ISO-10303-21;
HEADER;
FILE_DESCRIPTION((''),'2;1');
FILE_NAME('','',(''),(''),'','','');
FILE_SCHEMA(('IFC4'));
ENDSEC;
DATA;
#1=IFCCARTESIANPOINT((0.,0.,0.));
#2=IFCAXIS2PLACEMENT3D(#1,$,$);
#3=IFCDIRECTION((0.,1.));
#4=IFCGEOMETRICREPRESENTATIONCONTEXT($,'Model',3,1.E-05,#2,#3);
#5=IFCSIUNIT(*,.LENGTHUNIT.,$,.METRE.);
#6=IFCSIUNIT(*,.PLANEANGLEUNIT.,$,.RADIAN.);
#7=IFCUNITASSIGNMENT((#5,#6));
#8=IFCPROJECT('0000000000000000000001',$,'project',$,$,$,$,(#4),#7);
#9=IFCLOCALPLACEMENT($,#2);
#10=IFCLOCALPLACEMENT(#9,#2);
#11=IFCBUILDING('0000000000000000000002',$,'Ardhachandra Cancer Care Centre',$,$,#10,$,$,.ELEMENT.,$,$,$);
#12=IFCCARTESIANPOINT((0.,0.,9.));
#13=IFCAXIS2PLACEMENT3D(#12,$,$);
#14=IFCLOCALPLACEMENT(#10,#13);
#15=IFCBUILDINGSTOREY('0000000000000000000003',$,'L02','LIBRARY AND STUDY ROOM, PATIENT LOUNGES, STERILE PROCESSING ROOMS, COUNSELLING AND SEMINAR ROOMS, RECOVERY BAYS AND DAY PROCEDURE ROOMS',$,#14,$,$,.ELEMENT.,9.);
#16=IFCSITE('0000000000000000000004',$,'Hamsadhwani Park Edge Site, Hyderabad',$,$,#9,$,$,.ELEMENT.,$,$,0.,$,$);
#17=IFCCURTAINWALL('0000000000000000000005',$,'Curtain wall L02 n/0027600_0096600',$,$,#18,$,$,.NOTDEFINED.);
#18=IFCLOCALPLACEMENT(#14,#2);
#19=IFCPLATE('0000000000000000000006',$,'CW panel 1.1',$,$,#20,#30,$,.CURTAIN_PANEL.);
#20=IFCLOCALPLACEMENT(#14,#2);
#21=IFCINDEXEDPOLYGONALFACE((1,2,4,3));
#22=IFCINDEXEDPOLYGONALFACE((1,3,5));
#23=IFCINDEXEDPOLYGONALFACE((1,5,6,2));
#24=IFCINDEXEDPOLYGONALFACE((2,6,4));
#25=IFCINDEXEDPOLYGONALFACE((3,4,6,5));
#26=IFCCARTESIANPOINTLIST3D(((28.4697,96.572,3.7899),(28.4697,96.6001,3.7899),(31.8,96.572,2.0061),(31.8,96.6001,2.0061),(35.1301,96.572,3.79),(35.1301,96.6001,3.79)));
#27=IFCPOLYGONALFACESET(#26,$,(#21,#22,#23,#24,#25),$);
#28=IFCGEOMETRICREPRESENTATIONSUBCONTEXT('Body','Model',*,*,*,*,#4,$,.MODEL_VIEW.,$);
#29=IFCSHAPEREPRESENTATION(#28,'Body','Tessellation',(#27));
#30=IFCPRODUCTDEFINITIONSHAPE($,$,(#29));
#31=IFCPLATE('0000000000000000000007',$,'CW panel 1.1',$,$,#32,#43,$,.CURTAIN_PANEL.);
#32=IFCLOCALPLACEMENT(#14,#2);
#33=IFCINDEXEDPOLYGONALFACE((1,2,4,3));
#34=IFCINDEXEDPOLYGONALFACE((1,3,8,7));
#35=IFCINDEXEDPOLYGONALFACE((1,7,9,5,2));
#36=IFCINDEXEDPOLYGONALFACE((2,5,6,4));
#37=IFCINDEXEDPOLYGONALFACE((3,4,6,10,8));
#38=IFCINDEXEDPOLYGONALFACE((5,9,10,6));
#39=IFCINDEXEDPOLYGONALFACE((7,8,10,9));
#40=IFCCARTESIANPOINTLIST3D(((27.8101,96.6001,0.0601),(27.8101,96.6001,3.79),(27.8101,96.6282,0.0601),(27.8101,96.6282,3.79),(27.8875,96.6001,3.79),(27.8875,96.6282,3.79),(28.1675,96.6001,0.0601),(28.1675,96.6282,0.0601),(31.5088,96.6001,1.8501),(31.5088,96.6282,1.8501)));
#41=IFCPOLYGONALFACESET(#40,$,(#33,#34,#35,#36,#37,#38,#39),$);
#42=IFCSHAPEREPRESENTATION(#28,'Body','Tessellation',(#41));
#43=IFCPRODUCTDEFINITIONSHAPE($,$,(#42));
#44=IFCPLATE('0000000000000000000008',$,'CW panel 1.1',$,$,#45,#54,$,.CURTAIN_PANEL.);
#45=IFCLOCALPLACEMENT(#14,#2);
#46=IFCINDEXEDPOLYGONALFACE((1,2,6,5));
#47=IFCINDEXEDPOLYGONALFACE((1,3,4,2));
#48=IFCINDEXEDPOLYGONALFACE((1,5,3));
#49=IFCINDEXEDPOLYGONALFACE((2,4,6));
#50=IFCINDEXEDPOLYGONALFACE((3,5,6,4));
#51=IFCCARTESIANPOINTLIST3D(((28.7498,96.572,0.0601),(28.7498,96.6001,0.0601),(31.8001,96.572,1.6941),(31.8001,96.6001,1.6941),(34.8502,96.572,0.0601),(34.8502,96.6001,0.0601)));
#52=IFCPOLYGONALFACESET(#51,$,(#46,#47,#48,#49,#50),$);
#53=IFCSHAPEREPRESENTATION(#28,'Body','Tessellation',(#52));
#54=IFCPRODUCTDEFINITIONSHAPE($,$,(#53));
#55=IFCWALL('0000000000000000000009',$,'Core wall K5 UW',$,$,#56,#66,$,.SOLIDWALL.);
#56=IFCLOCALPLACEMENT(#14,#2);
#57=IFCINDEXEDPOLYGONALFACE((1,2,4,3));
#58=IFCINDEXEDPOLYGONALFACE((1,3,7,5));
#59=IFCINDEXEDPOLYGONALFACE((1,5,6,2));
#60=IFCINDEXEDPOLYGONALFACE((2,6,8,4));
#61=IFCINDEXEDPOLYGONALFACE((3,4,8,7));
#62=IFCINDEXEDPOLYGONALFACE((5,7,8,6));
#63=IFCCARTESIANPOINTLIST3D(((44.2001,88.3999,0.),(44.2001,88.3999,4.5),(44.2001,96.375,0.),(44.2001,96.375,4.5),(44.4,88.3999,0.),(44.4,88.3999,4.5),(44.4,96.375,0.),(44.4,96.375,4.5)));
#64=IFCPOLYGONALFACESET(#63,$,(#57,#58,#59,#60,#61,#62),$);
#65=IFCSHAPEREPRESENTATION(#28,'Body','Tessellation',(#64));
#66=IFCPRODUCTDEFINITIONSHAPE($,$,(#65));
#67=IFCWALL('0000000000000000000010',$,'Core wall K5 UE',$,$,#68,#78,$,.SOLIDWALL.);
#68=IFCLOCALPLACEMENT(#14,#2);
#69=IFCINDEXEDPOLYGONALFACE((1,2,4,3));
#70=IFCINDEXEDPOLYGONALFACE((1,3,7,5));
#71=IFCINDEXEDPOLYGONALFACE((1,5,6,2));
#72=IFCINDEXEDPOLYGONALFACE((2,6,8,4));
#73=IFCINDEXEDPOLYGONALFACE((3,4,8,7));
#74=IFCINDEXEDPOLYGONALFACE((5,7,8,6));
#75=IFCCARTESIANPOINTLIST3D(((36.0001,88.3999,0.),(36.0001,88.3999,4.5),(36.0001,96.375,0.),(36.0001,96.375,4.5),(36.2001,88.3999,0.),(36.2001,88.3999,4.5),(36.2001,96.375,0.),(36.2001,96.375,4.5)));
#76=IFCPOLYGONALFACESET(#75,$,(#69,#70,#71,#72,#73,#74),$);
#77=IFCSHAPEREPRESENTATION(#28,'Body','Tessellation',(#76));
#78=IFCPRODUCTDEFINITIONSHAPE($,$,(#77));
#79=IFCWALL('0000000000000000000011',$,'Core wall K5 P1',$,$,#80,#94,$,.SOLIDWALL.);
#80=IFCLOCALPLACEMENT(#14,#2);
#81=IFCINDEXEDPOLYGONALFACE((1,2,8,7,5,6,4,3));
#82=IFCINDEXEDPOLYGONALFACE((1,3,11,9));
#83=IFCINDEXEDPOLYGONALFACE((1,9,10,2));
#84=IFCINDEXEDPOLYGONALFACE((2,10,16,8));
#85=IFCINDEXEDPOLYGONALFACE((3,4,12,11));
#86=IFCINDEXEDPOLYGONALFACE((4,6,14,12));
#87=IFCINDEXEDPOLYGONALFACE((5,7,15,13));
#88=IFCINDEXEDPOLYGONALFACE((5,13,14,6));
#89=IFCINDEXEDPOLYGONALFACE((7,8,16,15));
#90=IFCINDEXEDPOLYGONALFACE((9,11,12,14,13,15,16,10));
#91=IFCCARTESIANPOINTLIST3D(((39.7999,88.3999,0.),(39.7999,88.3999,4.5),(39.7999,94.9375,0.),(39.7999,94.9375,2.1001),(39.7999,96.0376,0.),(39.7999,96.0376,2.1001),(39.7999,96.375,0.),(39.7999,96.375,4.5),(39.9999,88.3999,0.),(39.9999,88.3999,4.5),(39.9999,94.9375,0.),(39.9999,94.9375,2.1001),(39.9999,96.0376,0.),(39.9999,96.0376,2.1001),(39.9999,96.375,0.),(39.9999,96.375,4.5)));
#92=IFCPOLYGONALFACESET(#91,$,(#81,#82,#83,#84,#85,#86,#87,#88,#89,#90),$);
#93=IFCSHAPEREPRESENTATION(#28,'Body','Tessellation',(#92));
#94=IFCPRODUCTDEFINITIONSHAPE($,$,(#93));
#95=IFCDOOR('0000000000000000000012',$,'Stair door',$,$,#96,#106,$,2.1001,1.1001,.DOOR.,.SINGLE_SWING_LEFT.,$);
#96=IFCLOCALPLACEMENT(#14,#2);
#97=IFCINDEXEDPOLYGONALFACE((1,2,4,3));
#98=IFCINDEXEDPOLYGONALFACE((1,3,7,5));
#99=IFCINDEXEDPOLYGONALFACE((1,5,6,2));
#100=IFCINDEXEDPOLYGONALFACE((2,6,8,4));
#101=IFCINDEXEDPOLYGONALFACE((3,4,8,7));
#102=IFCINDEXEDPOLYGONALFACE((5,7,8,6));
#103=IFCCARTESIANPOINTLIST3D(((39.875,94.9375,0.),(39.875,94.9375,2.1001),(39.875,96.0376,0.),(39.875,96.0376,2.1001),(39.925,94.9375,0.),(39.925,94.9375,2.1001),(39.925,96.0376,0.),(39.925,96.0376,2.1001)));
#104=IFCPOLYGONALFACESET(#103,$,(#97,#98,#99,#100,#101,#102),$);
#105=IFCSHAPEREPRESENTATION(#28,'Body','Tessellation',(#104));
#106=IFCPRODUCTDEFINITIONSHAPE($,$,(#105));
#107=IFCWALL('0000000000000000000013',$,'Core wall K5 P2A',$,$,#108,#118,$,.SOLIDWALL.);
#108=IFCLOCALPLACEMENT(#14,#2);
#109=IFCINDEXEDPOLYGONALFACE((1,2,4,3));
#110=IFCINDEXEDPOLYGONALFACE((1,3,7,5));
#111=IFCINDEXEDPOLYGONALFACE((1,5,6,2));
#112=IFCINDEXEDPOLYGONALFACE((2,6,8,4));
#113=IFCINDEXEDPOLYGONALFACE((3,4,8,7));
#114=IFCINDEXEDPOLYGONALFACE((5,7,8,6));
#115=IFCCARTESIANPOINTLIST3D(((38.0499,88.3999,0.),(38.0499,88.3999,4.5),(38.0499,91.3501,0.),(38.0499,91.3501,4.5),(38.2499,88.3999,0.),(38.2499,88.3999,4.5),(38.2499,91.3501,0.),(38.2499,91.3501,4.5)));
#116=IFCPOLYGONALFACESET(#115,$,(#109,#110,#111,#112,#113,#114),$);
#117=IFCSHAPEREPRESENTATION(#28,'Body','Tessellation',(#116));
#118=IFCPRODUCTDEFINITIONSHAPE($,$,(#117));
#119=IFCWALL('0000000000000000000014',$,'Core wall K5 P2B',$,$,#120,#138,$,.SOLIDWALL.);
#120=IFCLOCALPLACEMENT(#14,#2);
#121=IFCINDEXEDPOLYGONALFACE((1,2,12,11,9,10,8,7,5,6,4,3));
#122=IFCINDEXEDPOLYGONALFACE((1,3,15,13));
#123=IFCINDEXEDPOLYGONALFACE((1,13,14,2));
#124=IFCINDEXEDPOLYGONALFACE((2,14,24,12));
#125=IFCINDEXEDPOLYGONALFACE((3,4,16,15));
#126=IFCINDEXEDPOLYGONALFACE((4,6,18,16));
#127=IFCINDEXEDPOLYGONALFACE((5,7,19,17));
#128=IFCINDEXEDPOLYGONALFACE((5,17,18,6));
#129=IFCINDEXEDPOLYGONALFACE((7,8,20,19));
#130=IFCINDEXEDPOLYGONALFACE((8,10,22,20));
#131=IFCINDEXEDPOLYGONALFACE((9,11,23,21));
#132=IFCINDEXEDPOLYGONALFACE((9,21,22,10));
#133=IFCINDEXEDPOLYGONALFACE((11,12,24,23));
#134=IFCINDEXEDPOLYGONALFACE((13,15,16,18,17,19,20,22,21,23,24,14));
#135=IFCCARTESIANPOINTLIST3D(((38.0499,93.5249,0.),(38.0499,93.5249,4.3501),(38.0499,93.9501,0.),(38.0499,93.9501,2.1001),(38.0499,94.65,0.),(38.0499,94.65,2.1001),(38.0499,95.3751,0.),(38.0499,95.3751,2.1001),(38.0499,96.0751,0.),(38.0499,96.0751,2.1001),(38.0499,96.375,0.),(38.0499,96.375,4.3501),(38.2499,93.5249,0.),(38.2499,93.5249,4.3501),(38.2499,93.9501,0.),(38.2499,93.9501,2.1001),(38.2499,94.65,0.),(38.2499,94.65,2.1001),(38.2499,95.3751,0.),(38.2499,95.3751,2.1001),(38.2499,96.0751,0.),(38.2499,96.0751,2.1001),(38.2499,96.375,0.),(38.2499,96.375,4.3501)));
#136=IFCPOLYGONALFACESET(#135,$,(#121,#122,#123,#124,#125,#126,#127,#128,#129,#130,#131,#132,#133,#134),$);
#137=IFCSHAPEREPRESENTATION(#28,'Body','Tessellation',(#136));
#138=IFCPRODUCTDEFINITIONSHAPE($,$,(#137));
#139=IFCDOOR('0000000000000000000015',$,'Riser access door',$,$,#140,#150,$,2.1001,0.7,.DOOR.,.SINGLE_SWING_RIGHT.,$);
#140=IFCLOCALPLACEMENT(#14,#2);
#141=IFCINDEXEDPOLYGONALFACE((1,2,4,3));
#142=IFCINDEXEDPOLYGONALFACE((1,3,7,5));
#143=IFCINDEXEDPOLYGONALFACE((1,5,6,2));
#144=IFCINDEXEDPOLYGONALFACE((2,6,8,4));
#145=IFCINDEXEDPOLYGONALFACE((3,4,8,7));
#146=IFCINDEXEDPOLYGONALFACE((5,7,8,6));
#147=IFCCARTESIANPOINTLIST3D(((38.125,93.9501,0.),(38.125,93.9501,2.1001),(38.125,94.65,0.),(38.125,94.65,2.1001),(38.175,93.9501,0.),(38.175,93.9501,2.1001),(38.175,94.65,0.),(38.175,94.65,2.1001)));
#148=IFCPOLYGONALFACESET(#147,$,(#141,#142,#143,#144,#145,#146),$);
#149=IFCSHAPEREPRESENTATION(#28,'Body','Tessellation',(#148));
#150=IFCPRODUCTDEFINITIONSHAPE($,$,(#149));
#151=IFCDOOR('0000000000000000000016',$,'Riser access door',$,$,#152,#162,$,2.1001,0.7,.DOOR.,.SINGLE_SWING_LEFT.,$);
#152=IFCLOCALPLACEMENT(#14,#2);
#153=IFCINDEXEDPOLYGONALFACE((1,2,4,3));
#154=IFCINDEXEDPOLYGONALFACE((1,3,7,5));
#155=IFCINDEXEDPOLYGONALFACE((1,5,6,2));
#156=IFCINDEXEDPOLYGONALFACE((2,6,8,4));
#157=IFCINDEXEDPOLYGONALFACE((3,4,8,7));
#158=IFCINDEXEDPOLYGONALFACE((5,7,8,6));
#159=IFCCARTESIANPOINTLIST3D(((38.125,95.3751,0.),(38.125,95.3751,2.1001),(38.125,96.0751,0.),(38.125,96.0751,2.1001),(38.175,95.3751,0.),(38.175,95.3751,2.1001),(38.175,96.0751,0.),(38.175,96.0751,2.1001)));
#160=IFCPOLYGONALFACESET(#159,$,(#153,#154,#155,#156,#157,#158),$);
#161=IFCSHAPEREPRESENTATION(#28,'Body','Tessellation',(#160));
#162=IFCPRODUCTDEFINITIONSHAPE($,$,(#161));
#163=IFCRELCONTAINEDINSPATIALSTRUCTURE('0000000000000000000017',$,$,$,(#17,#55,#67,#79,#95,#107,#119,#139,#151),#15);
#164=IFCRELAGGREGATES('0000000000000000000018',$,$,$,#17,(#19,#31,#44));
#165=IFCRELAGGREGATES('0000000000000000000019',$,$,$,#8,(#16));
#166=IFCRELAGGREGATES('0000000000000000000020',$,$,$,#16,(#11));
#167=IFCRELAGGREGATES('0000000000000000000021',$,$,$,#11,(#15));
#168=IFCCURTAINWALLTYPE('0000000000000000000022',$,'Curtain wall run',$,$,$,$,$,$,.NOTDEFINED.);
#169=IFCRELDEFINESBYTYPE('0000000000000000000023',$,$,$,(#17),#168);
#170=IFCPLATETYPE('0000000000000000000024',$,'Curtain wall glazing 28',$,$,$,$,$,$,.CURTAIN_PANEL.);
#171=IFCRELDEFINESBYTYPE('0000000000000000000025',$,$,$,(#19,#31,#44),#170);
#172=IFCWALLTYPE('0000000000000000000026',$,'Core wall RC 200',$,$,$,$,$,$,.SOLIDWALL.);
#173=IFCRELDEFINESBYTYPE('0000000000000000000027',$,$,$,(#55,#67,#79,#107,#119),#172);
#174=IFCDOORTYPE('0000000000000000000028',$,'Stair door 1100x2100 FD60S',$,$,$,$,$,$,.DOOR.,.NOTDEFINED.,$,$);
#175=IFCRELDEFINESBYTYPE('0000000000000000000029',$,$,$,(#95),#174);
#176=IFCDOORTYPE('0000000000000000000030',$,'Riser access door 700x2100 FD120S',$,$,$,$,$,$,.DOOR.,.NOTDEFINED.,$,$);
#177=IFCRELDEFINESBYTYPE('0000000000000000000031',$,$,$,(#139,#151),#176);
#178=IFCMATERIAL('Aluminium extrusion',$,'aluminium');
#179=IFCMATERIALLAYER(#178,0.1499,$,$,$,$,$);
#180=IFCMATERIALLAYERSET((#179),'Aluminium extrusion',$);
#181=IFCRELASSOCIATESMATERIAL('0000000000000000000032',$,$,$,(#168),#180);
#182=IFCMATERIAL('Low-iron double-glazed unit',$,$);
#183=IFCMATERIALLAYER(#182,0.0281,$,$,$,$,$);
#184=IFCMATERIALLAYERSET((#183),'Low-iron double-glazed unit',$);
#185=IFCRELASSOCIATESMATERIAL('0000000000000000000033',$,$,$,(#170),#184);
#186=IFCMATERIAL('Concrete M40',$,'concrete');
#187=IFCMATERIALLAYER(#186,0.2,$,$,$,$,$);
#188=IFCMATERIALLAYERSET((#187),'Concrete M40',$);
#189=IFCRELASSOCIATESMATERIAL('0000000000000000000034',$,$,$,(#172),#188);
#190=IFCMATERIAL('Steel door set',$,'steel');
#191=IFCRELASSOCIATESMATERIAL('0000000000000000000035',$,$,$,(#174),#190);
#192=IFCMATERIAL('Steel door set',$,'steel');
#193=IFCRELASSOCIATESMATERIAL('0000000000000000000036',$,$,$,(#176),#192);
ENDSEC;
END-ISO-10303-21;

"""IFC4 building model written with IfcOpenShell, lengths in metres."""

from ifc_helpers import new_model, si_unit, direction, frame, frame_2d, origin, place, context, subcontext, project, spatial, polyline, rectangle, outline, extrude, material, layer, layer_set, type_object, element, fill, aggregate, save


model = new_model("IFC4")

# Units and contexts
model_context = context("Model", 3, precision=1e-05, world=origin(), true_north=direction((0.0, 1.0)))
body_context = subcontext(model_context, "Body", "Model", "MODEL_VIEW")
ifc_project = project(units=[si_unit("LENGTHUNIT", "METRE"), si_unit("PLANEANGLEUNIT", "RADIAN")], contexts=[model_context])

# Site, building, storey
site_placement = place(None, origin())
site = spatial("IfcSite", under=ifc_project, at=site_placement, Name="Hamsadhwani Park Edge Site, Hyderabad", CompositionType="ELEMENT", RefElevation=0.0)
building_placement = place(site_placement, origin())
building = spatial("IfcBuilding", under=site, at=building_placement, Name="Ardhachandra Cancer Care Centre", CompositionType="ELEMENT")
storey_placement = place(building_placement, frame((0.0, 0.0, 9.0)))
storey = spatial("IfcBuildingStorey", under=building, at=storey_placement, Name="L02", Description="LIBRARY AND STUDY ROOM, PATIENT LOUNGES, STERILE PROCESSING ROOMS, COUNSELLING AND SEMINAR ROOMS, RECOVERY BAYS AND DAY PROCEDURE ROOMS", CompositionType="ELEMENT", Elevation=9.0)

# Curtain wall, plates
ifc_material_1 = material(Name="Aluminium extrusion", Category="aluminium")
ifc_layer_1 = layer(ifc_material_1, 0.1499)
ifc_layer_set_1 = layer_set([ifc_layer_1], Name="Aluminium extrusion")
curtain_wall_type = type_object("IfcCurtainWallType", Name="Curtain wall run", PredefinedType="NOTDEFINED", material=ifc_layer_set_1)
curtain_wall_placement = place(storey_placement, origin())
curtain_wall = element("IfcCurtainWall", 1, at=curtain_wall_placement, inside=storey, type_object=curtain_wall_type, Name="Curtain wall L02 n/0027600_0096600", PredefinedType="NOTDEFINED")
ifc_material_2 = material(Name="Low-iron double-glazed unit")
ifc_layer_2 = layer(ifc_material_2, 0.0281)
ifc_layer_set_2 = layer_set([ifc_layer_2], Name="Low-iron double-glazed unit")
plate_type = type_object("IfcPlateType", Name="Curtain wall glazing 28", PredefinedType="CURTAIN_PANEL", material=ifc_layer_set_2)
plate_1_placement = place(storey_placement, frame((35.1301, 96.6001, 3.79), z_axis=(0.0, 1.0, 0.0), x_axis=(-0.881484, 0.0, -0.472214)))
plate_1 = element("IfcPlate", 2, at=plate_1_placement, type_object=plate_type, Name="CW panel 1.1", PredefinedType="CURTAIN_PANEL", context=body_context, shape_type="SweptSolid", body=[
    extrude(outline(polyline([(0.0, 0.0), (3.7778, 0.0), (5.8711, 3.145), (0.0, 0.0)])), frame((0.0, 0.0, -0.0281)), (0.0, 0.0, 1.0), 0.0281),
])
plate_2_placement = place(storey_placement, frame((27.8101, 96.6001, 0.0601), z_axis=(0.0, 1.0, 0.0), x_axis=(0.0, 0.0, 1.0)))
plate_2 = element("IfcPlate", 3, at=plate_2_placement, type_object=plate_type, Name="CW panel 1.1", PredefinedType="CURTAIN_PANEL", context=body_context, shape_type="SweptSolid", body=[
    extrude(outline(polyline([(0.0, 0.0), (3.73, 0.0), (3.73, 0.0774), (1.79, 3.6987), (0.0, 0.3574), (0.0, 0.0)])), origin(), (0.0, 0.0, 1.0), 0.0281),
])
plate_3_placement = place(storey_placement, frame((28.7498, 96.6001, 0.0601), z_axis=(0.0, 1.0, 0.0), x_axis=(0.881486, 0.0, 0.47221)))
plate_3 = element("IfcPlate", 4, at=plate_3_placement, type_object=plate_type, Name="CW panel 1.1", PredefinedType="CURTAIN_PANEL", context=body_context, shape_type="SweptSolid", body=[
    extrude(outline(polyline([(0.0, 0.0), (3.4604, 0.0), (5.3774, 2.8806), (0.0, 0.0)])), frame((0.0, 0.0, -0.0281)), (0.0, 0.0, 1.0), 0.0281),
])
aggregate(curtain_wall, [plate_1, plate_2, plate_3])

# Walls
ifc_material_3 = material(Name="Concrete M40", Category="concrete")
ifc_layer_3 = layer(ifc_material_3, 0.2)
ifc_layer_set_3 = layer_set([ifc_layer_3], Name="Concrete M40")
wall_type = type_object("IfcWallType", Name="Core wall RC 200", PredefinedType="SOLIDWALL", material=ifc_layer_set_3)
for number, where, z_axis, x_axis, name in (
    (5, (44.3, 88.3999, 0.0), (0.0, 0.0, 1.0), (0.0, 1.0, 0.0), "Core wall K5 UW"),
    (6, (36.1001, 88.3999, 0.0), (0.0, 0.0, 1.0), (0.0, 1.0, 0.0), "Core wall K5 UE"),
):
    element("IfcWall", number, at=place(storey_placement, frame(where, z_axis=z_axis, x_axis=x_axis)), inside=storey, type_object=wall_type, Name=name, PredefinedType="SOLIDWALL", context=body_context, shape_type="SweptSolid", body=[
        extrude(rectangle(XDim=7.9751, YDim=0.2, at=frame_2d((3.9875, 0.0))), origin(), (0.0, 0.0, 1.0), 4.5),
    ])

# Wall, opening, door
wall_1_placement = place(storey_placement, frame((39.8999, 88.3999, 0.0), z_axis=(0.0, 0.0, 1.0), x_axis=(0.0, 1.0, 0.0)))
wall_1 = element("IfcWall", 7, at=wall_1_placement, inside=storey, type_object=wall_type, Name="Core wall K5 P1", PredefinedType="SOLIDWALL", context=body_context, shape_type="SweptSolid", body=[
    extrude(rectangle(XDim=7.9751, YDim=0.2, at=frame_2d((3.9875, 0.0))), origin(), (0.0, 0.0, 1.0), 4.5),
])
opening_1_placement = place(wall_1_placement, frame((6.5376, 0.0, 0.0)))
opening_1 = element("IfcOpeningElement", 8, at=opening_1_placement, cuts=wall_1, PredefinedType="OPENING", context=body_context, shape_type="SweptSolid", body=[
    extrude(rectangle(XDim=1.1001, YDim=2.1001, at=frame_2d((0.55, 1.05))), frame((0.0, 0.1099, 0.0), z_axis=(0.0, -1.0, 0.0), x_axis=(1.0, 0.0, 0.0)), (0.0, 0.0, 1.0), 0.22),
])
ifc_material_4 = material(Name="Steel door set", Category="steel")
door_type_1 = type_object("IfcDoorType", Name="Stair door 1100x2100 FD60S", OperationType="NOTDEFINED", PredefinedType="DOOR", material=ifc_material_4)
door_1_placement = place(opening_1_placement, origin())
door_1 = element("IfcDoor", 9, at=door_1_placement, inside=storey, type_object=door_type_1, Name="Stair door", OperationType="SINGLE_SWING_LEFT", OverallHeight=2.1001, OverallWidth=1.1001, PredefinedType="DOOR", context=body_context, shape_type="SweptSolid", body=[
    extrude(rectangle(XDim=1.1001, YDim=2.1001, at=frame_2d((0.55, 1.05))), frame((0.0, 0.0249, 0.0), z_axis=(0.0, -1.0, 0.0), x_axis=(1.0, 0.0, 0.0)), (0.0, 0.0, 1.0), 0.05),
])
fill(opening_1, door_1)

# Wall
wall_2_placement = place(storey_placement, frame((38.1499, 88.3999, 0.0), z_axis=(0.0, 0.0, 1.0), x_axis=(0.0, 1.0, 0.0)))
element("IfcWall", 10, at=wall_2_placement, inside=storey, type_object=wall_type, Name="Core wall K5 P2A", PredefinedType="SOLIDWALL", context=body_context, shape_type="SweptSolid", body=[
    extrude(rectangle(XDim=2.9502, YDim=0.2, at=frame_2d((1.4751, 0.0))), origin(), (0.0, 0.0, 1.0), 4.5),
])

# Wall, openings, doors
wall_3_placement = place(storey_placement, frame((38.1499, 93.5249, 0.0), z_axis=(0.0, 0.0, 1.0), x_axis=(0.0, 1.0, 0.0)))
wall_3 = element("IfcWall", 11, at=wall_3_placement, inside=storey, type_object=wall_type, Name="Core wall K5 P2B", PredefinedType="SOLIDWALL", context=body_context, shape_type="SweptSolid", body=[
    extrude(rectangle(XDim=2.8501, YDim=0.2, at=frame_2d((1.425, 0.0))), origin(), (0.0, 0.0, 1.0), 4.3501),
])
opening_2_placement = place(wall_3_placement, frame((0.425, 0.0, 0.0)))
opening_2 = element("IfcOpeningElement", 12, at=opening_2_placement, cuts=wall_3, PredefinedType="OPENING", context=body_context, shape_type="SweptSolid", body=[
    extrude(rectangle(XDim=0.7, YDim=2.1001, at=frame_2d((0.3501, 1.05))), frame((0.0, 0.1099, 0.0), z_axis=(0.0, -1.0, 0.0), x_axis=(1.0, 0.0, 0.0)), (0.0, 0.0, 1.0), 0.22),
])
opening_3_placement = place(wall_3_placement, frame((1.8501, 0.0, 0.0)))
opening_3 = element("IfcOpeningElement", 13, at=opening_3_placement, cuts=wall_3, PredefinedType="OPENING", context=body_context, shape_type="SweptSolid", body=[
    extrude(rectangle(XDim=0.7, YDim=2.1001, at=frame_2d((0.3501, 1.05))), frame((0.0, 0.1099, 0.0), z_axis=(0.0, -1.0, 0.0), x_axis=(1.0, 0.0, 0.0)), (0.0, 0.0, 1.0), 0.22),
])
ifc_material_5 = material(Name="Steel door set", Category="steel")
door_type_2 = type_object("IfcDoorType", Name="Riser access door 700x2100 FD120S", OperationType="NOTDEFINED", PredefinedType="DOOR", material=ifc_material_5)
door_2_placement = place(opening_2_placement, origin())
door_2 = element("IfcDoor", 14, at=door_2_placement, inside=storey, type_object=door_type_2, Name="Riser access door", OperationType="SINGLE_SWING_RIGHT", OverallHeight=2.1001, OverallWidth=0.7, PredefinedType="DOOR", context=body_context, shape_type="SweptSolid", body=[
    extrude(rectangle(XDim=0.7, YDim=2.1001, at=frame_2d((0.3501, 1.05))), frame((0.0, 0.0249, 0.0), z_axis=(0.0, -1.0, 0.0), x_axis=(1.0, 0.0, 0.0)), (0.0, 0.0, 1.0), 0.05),
])
fill(opening_2, door_2)
door_3_placement = place(opening_3_placement, origin())
door_3 = element("IfcDoor", 15, at=door_3_placement, inside=storey, type_object=door_type_2, Name="Riser access door", OperationType="SINGLE_SWING_LEFT", OverallHeight=2.1001, OverallWidth=0.7, PredefinedType="DOOR", context=body_context, shape_type="SweptSolid", body=[
    extrude(rectangle(XDim=0.7, YDim=2.1001, at=frame_2d((0.3501, 1.05))), frame((0.0, 0.0249, 0.0), z_axis=(0.0, -1.0, 0.0), x_axis=(1.0, 0.0, 0.0)), (0.0, 0.0, 1.0), 0.05),
])
fill(opening_3, door_3)

save(model, "model.ifc")
